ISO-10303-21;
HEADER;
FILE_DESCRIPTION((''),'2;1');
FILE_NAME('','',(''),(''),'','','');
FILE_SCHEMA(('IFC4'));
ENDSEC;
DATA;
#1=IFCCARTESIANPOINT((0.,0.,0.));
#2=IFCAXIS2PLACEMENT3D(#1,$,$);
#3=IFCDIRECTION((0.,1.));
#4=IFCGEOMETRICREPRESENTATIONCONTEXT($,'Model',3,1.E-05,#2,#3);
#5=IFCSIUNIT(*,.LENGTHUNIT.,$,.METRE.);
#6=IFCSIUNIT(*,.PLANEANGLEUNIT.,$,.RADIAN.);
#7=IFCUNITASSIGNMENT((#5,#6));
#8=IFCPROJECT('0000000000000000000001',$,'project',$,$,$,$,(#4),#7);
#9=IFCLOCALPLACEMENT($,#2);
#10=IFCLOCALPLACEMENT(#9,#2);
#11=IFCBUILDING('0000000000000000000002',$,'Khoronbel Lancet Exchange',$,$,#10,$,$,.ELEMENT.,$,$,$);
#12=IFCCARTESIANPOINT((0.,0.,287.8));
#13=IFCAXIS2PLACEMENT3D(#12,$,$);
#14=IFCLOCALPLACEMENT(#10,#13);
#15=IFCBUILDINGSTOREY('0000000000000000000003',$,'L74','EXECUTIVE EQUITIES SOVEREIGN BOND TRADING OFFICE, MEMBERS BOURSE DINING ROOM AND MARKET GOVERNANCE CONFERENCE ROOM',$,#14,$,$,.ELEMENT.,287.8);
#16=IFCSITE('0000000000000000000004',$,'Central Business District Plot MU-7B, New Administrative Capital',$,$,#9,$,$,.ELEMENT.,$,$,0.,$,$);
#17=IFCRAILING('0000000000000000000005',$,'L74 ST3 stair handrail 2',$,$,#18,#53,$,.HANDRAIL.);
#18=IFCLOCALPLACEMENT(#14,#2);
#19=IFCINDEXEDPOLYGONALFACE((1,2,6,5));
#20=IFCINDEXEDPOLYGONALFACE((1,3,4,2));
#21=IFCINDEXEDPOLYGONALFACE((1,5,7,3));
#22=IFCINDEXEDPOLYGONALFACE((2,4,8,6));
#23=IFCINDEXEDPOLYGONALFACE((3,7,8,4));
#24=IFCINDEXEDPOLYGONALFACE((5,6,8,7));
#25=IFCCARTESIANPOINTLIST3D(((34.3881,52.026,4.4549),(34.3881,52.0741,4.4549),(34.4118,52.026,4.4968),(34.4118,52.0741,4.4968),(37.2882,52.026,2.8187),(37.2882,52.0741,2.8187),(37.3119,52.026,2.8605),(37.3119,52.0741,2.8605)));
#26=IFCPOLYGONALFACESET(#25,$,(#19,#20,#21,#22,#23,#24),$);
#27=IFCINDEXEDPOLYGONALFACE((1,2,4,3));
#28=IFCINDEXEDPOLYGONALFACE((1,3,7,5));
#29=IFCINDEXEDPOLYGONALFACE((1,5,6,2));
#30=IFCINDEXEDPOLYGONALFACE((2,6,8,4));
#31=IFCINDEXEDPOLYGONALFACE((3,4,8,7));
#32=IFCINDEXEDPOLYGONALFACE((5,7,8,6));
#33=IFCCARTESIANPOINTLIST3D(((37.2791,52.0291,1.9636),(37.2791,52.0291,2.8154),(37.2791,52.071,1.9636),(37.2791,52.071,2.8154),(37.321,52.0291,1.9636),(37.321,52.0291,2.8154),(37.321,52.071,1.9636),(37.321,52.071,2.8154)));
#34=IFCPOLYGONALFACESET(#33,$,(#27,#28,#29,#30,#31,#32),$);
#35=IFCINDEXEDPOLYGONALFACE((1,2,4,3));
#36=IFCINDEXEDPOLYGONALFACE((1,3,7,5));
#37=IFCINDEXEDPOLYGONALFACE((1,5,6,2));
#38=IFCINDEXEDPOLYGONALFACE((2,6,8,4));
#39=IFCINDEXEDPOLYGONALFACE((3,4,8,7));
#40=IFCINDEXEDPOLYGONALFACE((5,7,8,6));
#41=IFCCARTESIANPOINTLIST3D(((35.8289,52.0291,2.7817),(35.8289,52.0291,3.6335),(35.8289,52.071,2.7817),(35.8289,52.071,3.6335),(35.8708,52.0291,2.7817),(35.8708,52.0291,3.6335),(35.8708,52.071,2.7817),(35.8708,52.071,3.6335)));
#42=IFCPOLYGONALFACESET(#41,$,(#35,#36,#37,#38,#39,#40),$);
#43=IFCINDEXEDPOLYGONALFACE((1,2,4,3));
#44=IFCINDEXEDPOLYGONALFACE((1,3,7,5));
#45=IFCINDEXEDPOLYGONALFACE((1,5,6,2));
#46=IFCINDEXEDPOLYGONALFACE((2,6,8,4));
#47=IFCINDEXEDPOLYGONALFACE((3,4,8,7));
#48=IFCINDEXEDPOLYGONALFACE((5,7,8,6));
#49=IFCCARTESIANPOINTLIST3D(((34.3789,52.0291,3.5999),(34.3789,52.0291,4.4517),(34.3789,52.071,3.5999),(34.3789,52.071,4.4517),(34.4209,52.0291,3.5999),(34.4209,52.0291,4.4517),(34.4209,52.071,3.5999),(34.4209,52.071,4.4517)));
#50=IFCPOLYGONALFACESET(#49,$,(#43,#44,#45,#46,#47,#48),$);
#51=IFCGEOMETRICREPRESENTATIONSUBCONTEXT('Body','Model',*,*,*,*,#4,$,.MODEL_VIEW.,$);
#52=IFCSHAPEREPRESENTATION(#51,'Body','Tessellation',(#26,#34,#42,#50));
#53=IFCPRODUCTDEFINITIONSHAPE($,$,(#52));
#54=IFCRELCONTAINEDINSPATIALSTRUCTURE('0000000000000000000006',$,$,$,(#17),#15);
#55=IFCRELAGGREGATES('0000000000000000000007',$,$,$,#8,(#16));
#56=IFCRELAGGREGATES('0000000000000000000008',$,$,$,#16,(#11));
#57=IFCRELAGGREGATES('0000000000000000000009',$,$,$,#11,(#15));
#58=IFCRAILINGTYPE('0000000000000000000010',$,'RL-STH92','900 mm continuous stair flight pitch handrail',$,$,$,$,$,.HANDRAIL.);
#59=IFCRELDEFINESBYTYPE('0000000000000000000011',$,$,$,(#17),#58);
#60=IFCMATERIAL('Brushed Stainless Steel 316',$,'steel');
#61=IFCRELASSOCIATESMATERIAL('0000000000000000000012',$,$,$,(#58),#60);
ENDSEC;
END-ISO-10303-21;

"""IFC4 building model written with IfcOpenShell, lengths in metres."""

from ifc_helpers import new_model, si_unit, direction, frame, origin, origin_2d, place, context, subcontext, project, spatial, rectangle, extrude, material, type_object, element, save


model = new_model("IFC4")

# Units and contexts
model_context = context("Model", 3, precision=1e-05, world=origin(), true_north=direction((0.0, 1.0)))
body_context = subcontext(model_context, "Body", "Model", "MODEL_VIEW")
ifc_project = project(units=[si_unit("LENGTHUNIT", "METRE"), si_unit("PLANEANGLEUNIT", "RADIAN")], contexts=[model_context])

# Site, building, storey
site_placement = place(None, origin())
site = spatial("IfcSite", under=ifc_project, at=site_placement, Name="Central Business District Plot MU-7B, New Administrative Capital", CompositionType="ELEMENT", RefElevation=0.0)
building_placement = place(site_placement, origin())
building = spatial("IfcBuilding", under=site, at=building_placement, Name="Khoronbel Lancet Exchange", CompositionType="ELEMENT")
storey_placement = place(building_placement, frame((0.0, 0.0, 287.8)))
storey = spatial("IfcBuildingStorey", under=building, at=storey_placement, Name="L74", Description="EXECUTIVE EQUITIES SOVEREIGN BOND TRADING OFFICE, MEMBERS BOURSE DINING ROOM AND MARKET GOVERNANCE CONFERENCE ROOM", CompositionType="ELEMENT", Elevation=287.8)

# Railing
ifc_material_1 = material(Name="Brushed Stainless Steel 316", Category="steel")
railing_type_1 = type_object("IfcRailingType", Name="RL-STH92", Description="900 mm continuous stair flight pitch handrail", PredefinedType="HANDRAIL", material=ifc_material_1)
railing_1_placement = place(storey_placement, frame((37.3, 52.05, 1.9636)))
element("IfcRailing", 1, at=railing_1_placement, inside=storey, type_object=railing_type_1, Name="L74 ST3 stair handrail 2", PredefinedType="HANDRAIL", context=body_context, shape_type="SweptSolid", body=[
    extrude(rectangle(XDim=0.0481, YDim=0.0481, at=origin_2d()), frame((0.0, 0.0, 0.876), z_axis=(-0.870946, 0.0, 0.491378), x_axis=(0.0, -1.0, 0.0)), (0.0, 0.0, 1.0), 3.3298),
    extrude(rectangle(XDim=0.042, YDim=0.042, at=origin_2d()), origin(), (0.0, 0.0, 1.0), 0.8518),
    extrude(rectangle(XDim=0.042, YDim=0.042, at=origin_2d()), frame((-1.4502, 0.0, 0.8181)), (0.0, 0.0, 1.0), 0.8518),
    extrude(rectangle(XDim=0.042, YDim=0.042, at=origin_2d()), frame((-2.9001, 0.0, 1.6362)), (0.0, 0.0, 1.0), 0.8518),
])

save(model, "model.ifc")
